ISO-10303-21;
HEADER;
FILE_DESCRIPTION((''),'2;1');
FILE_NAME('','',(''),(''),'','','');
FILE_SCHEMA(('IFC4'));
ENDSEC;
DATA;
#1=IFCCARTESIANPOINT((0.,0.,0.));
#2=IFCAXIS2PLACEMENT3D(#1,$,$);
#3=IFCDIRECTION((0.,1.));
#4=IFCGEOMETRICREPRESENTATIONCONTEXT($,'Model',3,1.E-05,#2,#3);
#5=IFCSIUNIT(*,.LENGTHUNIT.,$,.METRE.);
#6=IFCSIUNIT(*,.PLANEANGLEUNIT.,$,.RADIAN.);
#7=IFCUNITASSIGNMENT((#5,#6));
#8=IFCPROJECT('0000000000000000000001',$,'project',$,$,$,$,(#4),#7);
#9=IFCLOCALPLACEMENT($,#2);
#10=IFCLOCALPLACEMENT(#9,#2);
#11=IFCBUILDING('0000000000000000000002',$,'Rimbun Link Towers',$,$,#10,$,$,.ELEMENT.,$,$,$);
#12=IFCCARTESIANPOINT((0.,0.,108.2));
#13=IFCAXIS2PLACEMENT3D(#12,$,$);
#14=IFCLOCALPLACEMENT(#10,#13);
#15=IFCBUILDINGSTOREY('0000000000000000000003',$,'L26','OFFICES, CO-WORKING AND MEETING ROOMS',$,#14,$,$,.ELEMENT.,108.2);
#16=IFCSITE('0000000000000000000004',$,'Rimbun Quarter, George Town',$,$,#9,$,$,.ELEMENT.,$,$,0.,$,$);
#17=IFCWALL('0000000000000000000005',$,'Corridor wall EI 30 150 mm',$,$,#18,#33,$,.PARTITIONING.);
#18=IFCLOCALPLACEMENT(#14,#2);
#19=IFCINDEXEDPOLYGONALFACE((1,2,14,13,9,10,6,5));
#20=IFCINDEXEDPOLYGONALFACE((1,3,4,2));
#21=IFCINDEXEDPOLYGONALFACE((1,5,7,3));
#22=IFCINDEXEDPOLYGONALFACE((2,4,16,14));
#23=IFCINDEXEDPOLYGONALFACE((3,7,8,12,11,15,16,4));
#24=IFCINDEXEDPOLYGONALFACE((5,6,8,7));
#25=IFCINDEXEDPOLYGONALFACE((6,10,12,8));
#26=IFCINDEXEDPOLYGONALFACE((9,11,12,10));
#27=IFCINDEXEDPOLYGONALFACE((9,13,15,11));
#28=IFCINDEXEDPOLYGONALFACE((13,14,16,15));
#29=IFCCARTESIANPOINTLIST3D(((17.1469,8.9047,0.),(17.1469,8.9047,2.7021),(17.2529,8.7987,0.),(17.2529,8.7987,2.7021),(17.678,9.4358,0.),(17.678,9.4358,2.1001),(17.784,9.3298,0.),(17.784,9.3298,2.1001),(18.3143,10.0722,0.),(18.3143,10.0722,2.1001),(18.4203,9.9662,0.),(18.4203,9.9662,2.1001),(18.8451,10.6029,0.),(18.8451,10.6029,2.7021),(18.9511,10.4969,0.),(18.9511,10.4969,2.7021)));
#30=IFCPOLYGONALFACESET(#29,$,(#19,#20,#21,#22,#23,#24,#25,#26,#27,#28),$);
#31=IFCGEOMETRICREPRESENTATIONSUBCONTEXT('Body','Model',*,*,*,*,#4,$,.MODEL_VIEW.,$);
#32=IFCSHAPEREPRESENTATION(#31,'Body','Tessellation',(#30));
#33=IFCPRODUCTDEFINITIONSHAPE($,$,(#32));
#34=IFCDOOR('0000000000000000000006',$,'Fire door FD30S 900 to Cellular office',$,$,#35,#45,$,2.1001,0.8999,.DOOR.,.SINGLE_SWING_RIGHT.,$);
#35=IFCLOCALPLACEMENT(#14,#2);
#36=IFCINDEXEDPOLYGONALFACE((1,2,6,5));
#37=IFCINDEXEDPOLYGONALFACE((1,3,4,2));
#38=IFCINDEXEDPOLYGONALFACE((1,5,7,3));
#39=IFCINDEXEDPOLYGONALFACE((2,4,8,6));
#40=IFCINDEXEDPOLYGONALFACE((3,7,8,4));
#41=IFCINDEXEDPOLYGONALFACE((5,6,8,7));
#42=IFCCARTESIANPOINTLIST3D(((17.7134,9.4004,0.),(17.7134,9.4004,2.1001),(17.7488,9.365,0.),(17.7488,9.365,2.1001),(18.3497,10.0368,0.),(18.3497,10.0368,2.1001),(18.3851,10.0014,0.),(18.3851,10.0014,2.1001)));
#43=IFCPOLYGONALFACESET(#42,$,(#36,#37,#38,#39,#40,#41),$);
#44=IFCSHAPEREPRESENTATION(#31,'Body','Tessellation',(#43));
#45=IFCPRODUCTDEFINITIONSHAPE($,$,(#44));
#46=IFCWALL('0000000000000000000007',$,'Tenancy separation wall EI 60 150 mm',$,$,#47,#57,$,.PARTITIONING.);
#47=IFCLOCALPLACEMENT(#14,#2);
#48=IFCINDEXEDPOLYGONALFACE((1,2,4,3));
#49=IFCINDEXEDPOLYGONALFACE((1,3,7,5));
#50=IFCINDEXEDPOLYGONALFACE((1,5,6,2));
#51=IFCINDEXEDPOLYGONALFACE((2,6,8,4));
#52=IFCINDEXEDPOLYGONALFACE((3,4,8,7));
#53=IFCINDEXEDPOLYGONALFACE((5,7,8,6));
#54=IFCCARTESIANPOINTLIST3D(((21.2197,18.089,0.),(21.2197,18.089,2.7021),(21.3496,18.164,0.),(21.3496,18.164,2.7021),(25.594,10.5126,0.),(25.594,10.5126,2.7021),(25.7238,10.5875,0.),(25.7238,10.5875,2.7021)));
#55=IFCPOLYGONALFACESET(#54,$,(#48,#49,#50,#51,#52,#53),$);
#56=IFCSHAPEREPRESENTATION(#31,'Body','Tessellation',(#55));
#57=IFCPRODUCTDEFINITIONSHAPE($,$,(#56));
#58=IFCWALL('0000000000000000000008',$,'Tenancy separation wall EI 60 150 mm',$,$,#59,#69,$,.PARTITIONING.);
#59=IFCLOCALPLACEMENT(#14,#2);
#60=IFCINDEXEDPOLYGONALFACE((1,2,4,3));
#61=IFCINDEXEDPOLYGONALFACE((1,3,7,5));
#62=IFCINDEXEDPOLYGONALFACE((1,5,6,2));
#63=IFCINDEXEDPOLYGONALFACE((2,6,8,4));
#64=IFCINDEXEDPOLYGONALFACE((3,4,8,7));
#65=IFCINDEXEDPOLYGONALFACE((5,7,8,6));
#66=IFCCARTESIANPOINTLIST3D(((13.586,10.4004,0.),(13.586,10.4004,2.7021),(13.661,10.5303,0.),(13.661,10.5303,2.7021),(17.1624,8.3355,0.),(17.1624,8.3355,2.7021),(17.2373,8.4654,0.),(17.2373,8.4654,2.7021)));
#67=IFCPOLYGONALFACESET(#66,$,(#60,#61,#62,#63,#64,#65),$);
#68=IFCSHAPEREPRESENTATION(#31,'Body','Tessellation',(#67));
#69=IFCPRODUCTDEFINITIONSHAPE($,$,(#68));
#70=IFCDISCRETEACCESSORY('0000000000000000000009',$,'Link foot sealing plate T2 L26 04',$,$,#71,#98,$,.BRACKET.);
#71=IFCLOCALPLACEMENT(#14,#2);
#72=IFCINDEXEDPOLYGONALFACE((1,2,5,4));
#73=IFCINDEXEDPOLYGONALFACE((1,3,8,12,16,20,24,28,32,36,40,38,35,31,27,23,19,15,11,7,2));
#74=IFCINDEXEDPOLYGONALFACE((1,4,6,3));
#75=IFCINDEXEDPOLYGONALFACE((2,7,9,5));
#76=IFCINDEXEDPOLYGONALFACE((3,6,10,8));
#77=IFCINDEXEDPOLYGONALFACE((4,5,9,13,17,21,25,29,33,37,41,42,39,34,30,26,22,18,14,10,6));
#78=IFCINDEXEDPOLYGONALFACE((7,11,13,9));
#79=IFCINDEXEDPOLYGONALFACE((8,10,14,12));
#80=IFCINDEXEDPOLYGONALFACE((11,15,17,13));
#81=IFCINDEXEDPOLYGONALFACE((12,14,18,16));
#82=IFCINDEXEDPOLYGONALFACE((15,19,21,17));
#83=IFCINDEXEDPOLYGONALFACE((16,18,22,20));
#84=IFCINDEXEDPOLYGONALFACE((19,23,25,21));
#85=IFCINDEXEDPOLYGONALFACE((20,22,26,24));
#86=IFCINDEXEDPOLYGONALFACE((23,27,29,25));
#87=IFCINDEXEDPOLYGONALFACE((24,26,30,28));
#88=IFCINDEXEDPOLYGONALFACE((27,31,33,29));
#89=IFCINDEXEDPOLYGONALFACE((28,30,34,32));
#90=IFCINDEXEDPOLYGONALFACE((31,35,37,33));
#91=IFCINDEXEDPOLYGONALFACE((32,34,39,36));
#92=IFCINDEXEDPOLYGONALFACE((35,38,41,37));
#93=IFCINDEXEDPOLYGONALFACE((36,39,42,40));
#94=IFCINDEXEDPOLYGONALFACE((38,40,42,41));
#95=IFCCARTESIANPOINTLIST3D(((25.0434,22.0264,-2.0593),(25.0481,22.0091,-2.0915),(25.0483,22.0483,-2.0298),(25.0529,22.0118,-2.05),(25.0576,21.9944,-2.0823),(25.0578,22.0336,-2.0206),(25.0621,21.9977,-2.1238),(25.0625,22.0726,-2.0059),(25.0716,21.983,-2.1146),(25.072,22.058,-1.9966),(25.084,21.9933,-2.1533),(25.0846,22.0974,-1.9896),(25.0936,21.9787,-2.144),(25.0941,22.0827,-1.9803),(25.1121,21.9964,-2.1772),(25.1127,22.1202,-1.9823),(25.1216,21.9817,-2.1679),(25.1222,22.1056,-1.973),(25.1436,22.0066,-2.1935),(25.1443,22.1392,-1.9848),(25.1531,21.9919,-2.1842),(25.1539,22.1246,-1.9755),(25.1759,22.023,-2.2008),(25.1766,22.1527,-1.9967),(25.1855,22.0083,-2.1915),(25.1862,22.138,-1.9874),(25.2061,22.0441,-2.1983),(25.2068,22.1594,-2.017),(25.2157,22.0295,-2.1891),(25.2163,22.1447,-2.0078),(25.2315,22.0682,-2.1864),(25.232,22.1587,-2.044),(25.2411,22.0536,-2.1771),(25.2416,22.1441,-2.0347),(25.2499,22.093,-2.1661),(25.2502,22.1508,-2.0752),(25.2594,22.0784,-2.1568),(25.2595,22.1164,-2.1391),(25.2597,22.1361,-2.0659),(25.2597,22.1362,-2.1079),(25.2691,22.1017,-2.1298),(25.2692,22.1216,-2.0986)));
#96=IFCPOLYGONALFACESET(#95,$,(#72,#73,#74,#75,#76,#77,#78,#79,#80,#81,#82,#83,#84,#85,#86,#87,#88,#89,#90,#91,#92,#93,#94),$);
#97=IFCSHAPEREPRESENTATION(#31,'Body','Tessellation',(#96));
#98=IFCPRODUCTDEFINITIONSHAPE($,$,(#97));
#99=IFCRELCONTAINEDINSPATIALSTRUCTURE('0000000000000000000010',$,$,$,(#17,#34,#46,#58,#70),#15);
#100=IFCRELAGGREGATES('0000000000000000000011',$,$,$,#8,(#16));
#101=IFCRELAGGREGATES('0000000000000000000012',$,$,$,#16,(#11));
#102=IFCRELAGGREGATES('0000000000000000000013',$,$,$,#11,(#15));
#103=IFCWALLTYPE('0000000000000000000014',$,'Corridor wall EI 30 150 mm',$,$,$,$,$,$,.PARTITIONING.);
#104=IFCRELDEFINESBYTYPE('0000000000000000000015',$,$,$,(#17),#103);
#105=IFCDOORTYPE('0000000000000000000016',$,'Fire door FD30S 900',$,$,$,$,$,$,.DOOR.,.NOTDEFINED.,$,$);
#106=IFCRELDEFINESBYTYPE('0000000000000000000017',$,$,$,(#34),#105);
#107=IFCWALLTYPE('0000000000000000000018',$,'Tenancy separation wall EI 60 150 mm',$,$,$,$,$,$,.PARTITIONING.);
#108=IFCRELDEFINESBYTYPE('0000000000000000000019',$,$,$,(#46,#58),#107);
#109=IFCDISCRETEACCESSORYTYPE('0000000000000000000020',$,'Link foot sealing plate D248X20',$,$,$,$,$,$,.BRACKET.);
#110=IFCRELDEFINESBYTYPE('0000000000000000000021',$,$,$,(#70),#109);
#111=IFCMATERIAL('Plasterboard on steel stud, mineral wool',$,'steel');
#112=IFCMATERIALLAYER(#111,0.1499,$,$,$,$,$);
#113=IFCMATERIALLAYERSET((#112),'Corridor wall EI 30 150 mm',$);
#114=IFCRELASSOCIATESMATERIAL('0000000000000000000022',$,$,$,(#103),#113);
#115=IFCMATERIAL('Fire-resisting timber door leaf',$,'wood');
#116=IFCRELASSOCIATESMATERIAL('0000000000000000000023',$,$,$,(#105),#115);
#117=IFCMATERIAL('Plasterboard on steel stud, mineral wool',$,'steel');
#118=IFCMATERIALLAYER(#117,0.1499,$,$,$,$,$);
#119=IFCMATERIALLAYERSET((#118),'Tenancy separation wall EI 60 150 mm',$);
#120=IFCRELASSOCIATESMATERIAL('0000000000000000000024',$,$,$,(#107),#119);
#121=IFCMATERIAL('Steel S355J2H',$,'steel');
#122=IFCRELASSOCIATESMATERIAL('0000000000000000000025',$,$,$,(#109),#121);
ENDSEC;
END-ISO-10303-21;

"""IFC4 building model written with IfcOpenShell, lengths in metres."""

from ifc_helpers import new_model, si_unit, direction, frame, frame_2d, origin, origin_2d, place, context, subcontext, project, spatial, rectangle, circle, extrude, material, layer, layer_set, material_profile, profile_set, type_object, element, fill, save


model = new_model("IFC4")

# Units and contexts
model_context = context("Model", 3, precision=1e-05, world=origin(), true_north=direction((0.0, 1.0)))
body_context = subcontext(model_context, "Body", "Model", "MODEL_VIEW")
ifc_project = project(units=[si_unit("LENGTHUNIT", "METRE"), si_unit("PLANEANGLEUNIT", "RADIAN")], contexts=[model_context])

# Site, building, storey
site_placement = place(None, origin())
site = spatial("IfcSite", under=ifc_project, at=site_placement, Name="Rimbun Quarter, George Town", CompositionType="ELEMENT", RefElevation=0.0)
building_placement = place(site_placement, origin())
building = spatial("IfcBuilding", under=site, at=building_placement, Name="Rimbun Link Towers", CompositionType="ELEMENT")
storey_placement = place(building_placement, frame((0.0, 0.0, 108.2)))
storey = spatial("IfcBuildingStorey", under=building, at=storey_placement, Name="L26", Description="OFFICES, CO-WORKING AND MEETING ROOMS", CompositionType="ELEMENT", Elevation=108.2)

# Shared definitions
ifc_material_1 = material(Name="Plasterboard on steel stud, mineral wool", Category="steel")
ifc_layer_1 = layer(ifc_material_1, 0.1499)
ifc_layer_set_1 = layer_set([ifc_layer_1], Name="Corridor wall EI 30 150 mm")
wall_type_1 = type_object("IfcWallType", Name="Corridor wall EI 30 150 mm", PredefinedType="PARTITIONING", material=ifc_layer_set_1)
ifc_material_2 = material(Name="Fire-resisting timber door leaf", Category="wood")
door_type_1 = type_object("IfcDoorType", Name="Fire door FD30S 900", OperationType="NOTDEFINED", PredefinedType="DOOR", material=ifc_material_2)

# Wall, opening, door
wall_1_placement = place(storey_placement, frame((17.2, 8.8518, 0.0), z_axis=(0.0, 0.0, 1.0), x_axis=(0.707107, 0.707107, 0.0)))
wall_1 = element("IfcWall", 1, at=wall_1_placement, inside=storey, type_object=wall_type_1, Name="Corridor wall EI 30 150 mm", PredefinedType="PARTITIONING", context=body_context, shape_type="SweptSolid", body=[
    extrude(rectangle(XDim=2.4016, YDim=0.1499, at=frame_2d((1.2007, 0.0))), origin(), (0.0, 0.0, 1.0), 2.7021),
])
opening_1_placement = place(wall_1_placement, frame((0.751, 0.0, 0.0)))
opening_1 = element("IfcOpeningElement", 2, at=opening_1_placement, cuts=wall_1, PredefinedType="OPENING", context=body_context, shape_type="SweptSolid", body=[
    extrude(rectangle(XDim=0.8999, YDim=2.1001, at=frame_2d((0.45, 1.05))), frame((0.0, 0.085, 0.0), z_axis=(0.0, -1.0, 0.0), x_axis=(1.0, 0.0, 0.0)), (0.0, 0.0, 1.0), 0.1699),
])
door_1_placement = place(opening_1_placement, origin())
door_1 = element("IfcDoor", 3, at=door_1_placement, inside=storey, type_object=door_type_1, Name="Fire door FD30S 900 to Cellular office", OperationType="SINGLE_SWING_RIGHT", OverallHeight=2.1001, OverallWidth=0.8999, PredefinedType="DOOR", context=body_context, shape_type="SweptSolid", body=[
    extrude(rectangle(XDim=0.8999, YDim=2.1001, at=frame_2d((0.45, 1.05))), frame((0.0, 0.0249, 0.0), z_axis=(0.0, -1.0, 0.0), x_axis=(1.0, 0.0, 0.0)), (0.0, 0.0, 1.0), 0.05),
])
fill(opening_1, door_1)

# Walls
ifc_material_3 = material(Name="Plasterboard on steel stud, mineral wool", Category="steel")
ifc_layer_2 = layer(ifc_material_3, 0.1499)
ifc_layer_set_2 = layer_set([ifc_layer_2], Name="Tenancy separation wall EI 60 150 mm")
wall_type_2 = type_object("IfcWallType", Name="Tenancy separation wall EI 60 150 mm", PredefinedType="PARTITIONING", material=ifc_layer_set_2)
wall_2_placement = place(storey_placement, frame((25.6589, 10.55, 0.0), z_axis=(0.0, 0.0, 1.0), x_axis=(-0.500002, 0.866024, 0.0)))
element("IfcWall", 4, at=wall_2_placement, inside=storey, type_object=wall_type_2, Name="Tenancy separation wall EI 60 150 mm", PredefinedType="PARTITIONING", context=body_context, shape_type="SweptSolid", body=[
    extrude(rectangle(XDim=8.7485, YDim=0.1499, at=frame_2d((4.3743, 0.0))), origin(), (0.0, 0.0, 1.0), 2.7021),
])
wall_3_placement = place(storey_placement, frame((17.2, 8.4004, 0.0), z_axis=(0.0, 0.0, 1.0), x_axis=(-0.866015, 0.500018, 0.0)))
element("IfcWall", 5, at=wall_3_placement, inside=storey, type_object=wall_type_2, Name="Tenancy separation wall EI 60 150 mm", PredefinedType="PARTITIONING", context=body_context, shape_type="SweptSolid", body=[
    extrude(rectangle(XDim=4.1296, YDim=0.1499, at=frame_2d((2.0649, 0.0))), origin(), (0.0, 0.0, 1.0), 2.7021),
])

# Discrete accessory
ifc_material_4 = material(Name="Steel S355J2H", Category="steel")
ifc_material_profile_1 = material_profile(ifc_material_4, circle(Radius=0.124, at=origin_2d()), Name="PL D248")
ifc_profile_set_1 = profile_set([ifc_material_profile_1], Name="Steel S355J2H")
discrete_accessory_type = type_object("IfcDiscreteAccessoryType", Name="Link foot sealing plate D248X20", PredefinedType="BRACKET", material=ifc_profile_set_1)
discrete_accessory_placement = place(storey_placement, frame((25.1616, 22.062, -2.0823), z_axis=(-0.481335, 0.740515, -0.468993), x_axis=(-0.838444, -0.544988, 0.0)))
element("IfcDiscreteAccessory", 6, at=discrete_accessory_placement, inside=storey, type_object=discrete_accessory_type, Name="Link foot sealing plate T2 L26 04", PredefinedType="BRACKET", context=body_context, shape_type="SweptSolid", body=[
    extrude(circle(Radius=0.124, at=origin_2d()), origin(), (0.0, 0.0, 1.0), 0.0198),
])

save(model, "model.ifc")
